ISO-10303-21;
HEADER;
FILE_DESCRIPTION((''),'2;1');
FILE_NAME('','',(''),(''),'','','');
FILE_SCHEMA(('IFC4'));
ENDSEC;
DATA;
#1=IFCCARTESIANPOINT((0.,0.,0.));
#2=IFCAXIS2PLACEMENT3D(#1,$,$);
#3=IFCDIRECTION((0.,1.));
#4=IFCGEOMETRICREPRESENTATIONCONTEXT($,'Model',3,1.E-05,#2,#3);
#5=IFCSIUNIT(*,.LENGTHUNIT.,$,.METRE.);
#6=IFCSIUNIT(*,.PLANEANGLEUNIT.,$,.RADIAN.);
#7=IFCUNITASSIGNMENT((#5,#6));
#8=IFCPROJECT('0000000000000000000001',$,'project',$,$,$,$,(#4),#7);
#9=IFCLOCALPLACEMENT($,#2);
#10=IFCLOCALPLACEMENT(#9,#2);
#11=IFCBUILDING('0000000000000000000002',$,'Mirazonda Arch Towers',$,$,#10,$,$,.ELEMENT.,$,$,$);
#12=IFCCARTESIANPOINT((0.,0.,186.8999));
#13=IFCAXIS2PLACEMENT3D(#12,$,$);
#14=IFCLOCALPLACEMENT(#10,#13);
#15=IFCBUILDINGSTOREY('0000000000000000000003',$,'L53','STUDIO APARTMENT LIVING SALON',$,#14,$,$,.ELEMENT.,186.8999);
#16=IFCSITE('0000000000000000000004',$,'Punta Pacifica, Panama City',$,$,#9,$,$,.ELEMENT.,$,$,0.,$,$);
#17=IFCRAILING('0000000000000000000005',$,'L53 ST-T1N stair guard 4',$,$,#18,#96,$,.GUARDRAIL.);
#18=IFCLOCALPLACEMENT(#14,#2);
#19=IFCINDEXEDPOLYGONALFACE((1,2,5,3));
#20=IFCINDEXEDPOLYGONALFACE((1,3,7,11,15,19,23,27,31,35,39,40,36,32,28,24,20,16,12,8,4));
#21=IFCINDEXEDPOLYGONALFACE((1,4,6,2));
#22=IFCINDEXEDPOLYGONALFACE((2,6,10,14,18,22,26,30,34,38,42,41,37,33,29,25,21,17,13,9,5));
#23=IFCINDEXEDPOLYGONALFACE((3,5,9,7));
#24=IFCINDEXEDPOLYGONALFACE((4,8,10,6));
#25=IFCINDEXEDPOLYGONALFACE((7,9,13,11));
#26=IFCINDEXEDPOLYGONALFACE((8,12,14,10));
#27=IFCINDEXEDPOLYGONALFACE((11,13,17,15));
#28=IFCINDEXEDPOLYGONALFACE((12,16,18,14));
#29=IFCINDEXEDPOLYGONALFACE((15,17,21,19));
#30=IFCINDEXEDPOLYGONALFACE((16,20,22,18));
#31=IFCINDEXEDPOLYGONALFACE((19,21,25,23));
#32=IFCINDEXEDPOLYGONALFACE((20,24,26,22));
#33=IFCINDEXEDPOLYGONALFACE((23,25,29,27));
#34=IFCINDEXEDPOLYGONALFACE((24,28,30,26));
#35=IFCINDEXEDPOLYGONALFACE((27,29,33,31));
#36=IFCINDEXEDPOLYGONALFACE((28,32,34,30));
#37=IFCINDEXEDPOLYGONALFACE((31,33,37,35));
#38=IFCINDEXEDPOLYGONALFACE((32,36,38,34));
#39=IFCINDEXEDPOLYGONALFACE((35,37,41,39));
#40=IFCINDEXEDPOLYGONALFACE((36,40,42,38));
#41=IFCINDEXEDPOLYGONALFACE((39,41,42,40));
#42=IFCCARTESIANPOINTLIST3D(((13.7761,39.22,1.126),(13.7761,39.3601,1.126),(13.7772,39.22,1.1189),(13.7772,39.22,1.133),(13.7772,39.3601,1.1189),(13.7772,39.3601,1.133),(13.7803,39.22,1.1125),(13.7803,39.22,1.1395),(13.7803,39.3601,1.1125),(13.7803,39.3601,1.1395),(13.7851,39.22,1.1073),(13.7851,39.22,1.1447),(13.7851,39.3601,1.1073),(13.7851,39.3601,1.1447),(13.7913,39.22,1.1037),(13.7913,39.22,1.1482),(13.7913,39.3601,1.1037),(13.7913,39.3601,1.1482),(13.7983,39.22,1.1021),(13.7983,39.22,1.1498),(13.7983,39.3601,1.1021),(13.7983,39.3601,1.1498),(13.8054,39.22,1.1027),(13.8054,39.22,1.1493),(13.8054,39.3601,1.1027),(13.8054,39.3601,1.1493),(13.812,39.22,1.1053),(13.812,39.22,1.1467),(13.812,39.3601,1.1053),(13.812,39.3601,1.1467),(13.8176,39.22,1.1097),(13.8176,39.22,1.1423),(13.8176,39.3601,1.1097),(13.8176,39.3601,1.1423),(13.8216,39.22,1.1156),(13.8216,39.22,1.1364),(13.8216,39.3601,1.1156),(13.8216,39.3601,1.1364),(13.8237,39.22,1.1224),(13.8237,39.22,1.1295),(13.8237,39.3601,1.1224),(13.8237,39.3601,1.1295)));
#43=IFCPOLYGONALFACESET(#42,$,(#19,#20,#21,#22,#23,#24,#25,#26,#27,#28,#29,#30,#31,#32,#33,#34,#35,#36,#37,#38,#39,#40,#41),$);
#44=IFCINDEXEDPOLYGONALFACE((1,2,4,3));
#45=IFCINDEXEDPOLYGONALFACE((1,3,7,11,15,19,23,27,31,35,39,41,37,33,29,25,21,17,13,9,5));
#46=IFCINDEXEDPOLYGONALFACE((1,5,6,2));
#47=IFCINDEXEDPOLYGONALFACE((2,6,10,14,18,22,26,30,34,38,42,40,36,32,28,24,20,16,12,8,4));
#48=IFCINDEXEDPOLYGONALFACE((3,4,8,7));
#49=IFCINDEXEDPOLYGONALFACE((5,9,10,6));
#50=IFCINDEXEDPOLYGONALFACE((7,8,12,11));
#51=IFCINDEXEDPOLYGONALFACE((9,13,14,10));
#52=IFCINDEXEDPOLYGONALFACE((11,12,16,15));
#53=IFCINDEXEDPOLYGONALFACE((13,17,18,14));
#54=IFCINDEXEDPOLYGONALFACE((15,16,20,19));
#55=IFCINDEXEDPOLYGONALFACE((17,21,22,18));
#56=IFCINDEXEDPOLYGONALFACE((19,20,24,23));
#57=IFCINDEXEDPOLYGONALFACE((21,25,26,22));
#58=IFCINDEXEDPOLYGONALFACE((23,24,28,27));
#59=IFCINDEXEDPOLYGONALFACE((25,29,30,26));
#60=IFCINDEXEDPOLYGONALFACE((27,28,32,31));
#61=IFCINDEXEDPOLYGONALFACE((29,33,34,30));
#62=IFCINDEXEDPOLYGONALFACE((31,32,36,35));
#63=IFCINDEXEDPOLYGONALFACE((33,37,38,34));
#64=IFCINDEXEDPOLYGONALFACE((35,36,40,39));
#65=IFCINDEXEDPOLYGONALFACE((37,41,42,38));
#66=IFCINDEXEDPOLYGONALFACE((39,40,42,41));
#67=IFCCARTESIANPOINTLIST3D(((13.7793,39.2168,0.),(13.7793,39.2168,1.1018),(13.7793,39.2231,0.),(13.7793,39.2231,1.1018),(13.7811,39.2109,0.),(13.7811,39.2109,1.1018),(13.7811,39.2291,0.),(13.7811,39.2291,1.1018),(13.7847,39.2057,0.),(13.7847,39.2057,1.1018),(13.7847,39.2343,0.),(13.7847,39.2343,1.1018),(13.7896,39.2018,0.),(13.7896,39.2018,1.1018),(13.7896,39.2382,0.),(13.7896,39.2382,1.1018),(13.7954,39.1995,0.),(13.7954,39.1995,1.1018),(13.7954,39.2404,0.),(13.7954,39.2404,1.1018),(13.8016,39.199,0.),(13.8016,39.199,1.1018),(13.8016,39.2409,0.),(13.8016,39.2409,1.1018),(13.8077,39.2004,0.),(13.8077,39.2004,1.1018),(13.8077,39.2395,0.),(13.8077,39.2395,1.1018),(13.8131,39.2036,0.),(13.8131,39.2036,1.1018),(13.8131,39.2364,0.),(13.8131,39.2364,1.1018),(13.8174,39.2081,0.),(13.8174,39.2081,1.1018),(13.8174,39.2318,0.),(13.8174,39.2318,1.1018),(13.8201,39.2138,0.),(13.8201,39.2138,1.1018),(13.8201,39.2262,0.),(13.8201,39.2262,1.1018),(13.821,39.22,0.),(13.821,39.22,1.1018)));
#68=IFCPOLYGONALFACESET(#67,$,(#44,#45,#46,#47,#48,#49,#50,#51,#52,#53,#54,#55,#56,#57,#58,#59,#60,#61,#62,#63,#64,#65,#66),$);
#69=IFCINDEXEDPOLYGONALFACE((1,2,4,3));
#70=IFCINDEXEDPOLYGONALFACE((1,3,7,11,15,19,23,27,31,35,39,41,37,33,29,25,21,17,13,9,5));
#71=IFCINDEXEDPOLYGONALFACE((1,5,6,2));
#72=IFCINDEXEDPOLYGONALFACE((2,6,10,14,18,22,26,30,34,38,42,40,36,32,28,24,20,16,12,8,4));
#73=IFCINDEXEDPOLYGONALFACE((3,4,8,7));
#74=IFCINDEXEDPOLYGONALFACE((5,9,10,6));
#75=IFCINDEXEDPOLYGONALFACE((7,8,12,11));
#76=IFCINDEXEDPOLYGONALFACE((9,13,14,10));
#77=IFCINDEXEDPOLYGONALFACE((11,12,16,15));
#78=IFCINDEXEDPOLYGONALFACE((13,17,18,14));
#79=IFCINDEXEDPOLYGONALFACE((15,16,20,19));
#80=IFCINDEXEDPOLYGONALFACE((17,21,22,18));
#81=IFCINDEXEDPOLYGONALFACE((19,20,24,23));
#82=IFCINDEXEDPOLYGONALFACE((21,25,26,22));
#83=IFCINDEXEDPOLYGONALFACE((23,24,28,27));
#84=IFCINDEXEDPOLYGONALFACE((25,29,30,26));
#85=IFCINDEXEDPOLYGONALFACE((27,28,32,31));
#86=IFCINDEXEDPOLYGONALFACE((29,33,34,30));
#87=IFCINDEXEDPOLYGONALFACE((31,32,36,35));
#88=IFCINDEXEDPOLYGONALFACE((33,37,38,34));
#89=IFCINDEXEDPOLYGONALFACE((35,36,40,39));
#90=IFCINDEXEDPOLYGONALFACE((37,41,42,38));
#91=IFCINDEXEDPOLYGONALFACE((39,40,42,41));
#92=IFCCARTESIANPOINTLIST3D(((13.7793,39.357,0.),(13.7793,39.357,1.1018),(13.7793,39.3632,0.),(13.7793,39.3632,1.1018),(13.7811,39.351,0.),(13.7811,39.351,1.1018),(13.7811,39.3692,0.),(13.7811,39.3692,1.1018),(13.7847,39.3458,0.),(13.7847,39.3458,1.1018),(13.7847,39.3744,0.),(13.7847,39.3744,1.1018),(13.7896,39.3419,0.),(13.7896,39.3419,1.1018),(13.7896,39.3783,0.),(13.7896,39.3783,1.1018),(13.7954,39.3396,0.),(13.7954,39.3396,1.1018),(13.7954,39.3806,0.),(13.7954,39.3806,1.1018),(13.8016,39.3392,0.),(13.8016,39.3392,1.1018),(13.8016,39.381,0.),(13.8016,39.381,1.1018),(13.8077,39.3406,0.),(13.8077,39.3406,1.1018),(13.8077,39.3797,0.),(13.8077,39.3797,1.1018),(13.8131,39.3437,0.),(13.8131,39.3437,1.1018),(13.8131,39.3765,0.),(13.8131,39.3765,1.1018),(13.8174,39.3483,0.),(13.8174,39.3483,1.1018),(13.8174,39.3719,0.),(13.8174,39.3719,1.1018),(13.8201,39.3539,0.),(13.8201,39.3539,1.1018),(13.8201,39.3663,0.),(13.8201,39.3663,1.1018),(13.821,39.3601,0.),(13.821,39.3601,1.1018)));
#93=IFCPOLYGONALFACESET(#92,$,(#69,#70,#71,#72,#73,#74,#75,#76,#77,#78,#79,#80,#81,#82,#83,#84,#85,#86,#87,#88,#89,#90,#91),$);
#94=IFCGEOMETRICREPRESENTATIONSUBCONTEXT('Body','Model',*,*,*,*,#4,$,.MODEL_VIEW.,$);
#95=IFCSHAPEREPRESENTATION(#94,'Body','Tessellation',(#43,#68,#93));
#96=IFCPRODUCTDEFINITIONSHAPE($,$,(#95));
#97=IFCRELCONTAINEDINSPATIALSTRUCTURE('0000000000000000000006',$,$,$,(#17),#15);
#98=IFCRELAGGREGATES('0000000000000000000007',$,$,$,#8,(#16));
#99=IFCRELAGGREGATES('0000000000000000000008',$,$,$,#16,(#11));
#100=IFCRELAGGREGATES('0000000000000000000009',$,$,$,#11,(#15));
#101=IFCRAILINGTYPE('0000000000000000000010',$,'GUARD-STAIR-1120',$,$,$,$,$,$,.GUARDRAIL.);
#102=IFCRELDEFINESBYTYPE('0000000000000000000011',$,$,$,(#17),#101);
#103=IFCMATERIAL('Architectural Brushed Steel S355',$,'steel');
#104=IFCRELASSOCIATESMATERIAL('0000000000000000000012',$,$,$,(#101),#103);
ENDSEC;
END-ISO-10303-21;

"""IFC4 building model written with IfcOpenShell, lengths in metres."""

from ifc_helpers import new_model, si_unit, direction, frame, origin, origin_2d, place, context, subcontext, project, spatial, circle, extrude, material, type_object, element, save


model = new_model("IFC4")

# Units and contexts
model_context = context("Model", 3, precision=1e-05, world=origin(), true_north=direction((0.0, 1.0)))
body_context = subcontext(model_context, "Body", "Model", "MODEL_VIEW")
ifc_project = project(units=[si_unit("LENGTHUNIT", "METRE"), si_unit("PLANEANGLEUNIT", "RADIAN")], contexts=[model_context])

# Site, building, storey
site_placement = place(None, origin())
site = spatial("IfcSite", under=ifc_project, at=site_placement, Name="Punta Pacifica, Panama City", CompositionType="ELEMENT", RefElevation=0.0)
building_placement = place(site_placement, origin())
building = spatial("IfcBuilding", under=site, at=building_placement, Name="Mirazonda Arch Towers", CompositionType="ELEMENT")
storey_placement = place(building_placement, frame((0.0, 0.0, 186.8999)))
storey = spatial("IfcBuildingStorey", under=building, at=storey_placement, Name="L53", Description="STUDIO APARTMENT LIVING SALON", CompositionType="ELEMENT", Elevation=186.8999)

# Shared definitions
ifc_material_1 = material(Name="Architectural Brushed Steel S355", Category="steel")

# Railing
railing_type_1 = type_object("IfcRailingType", Name="GUARD-STAIR-1120", PredefinedType="GUARDRAIL", material=ifc_material_1)
railing_1_placement = place(storey_placement, frame((13.8, 39.22, 0.0)))
element("IfcRailing", 1, at=railing_1_placement, inside=storey, type_object=railing_type_1, Name="L53 ST-T1N stair guard 4", PredefinedType="GUARDRAIL", context=body_context, shape_type="SweptSolid", body=[
    extrude(circle(Radius=0.0239, at=origin_2d()), frame((0.0, 0.0, 1.126), z_axis=(0.0, 1.0, 0.0), x_axis=(-1.0, 0.0, 0.0)), (0.0, 0.0, 1.0), 0.1401),
    extrude(circle(Radius=0.021, at=origin_2d()), origin(), (0.0, 0.0, 1.0), 1.1018),
    extrude(circle(Radius=0.021, at=origin_2d()), frame((0.0, 0.1401, 0.0)), (0.0, 0.0, 1.0), 1.1018),
])

save(model, "model.ifc")
